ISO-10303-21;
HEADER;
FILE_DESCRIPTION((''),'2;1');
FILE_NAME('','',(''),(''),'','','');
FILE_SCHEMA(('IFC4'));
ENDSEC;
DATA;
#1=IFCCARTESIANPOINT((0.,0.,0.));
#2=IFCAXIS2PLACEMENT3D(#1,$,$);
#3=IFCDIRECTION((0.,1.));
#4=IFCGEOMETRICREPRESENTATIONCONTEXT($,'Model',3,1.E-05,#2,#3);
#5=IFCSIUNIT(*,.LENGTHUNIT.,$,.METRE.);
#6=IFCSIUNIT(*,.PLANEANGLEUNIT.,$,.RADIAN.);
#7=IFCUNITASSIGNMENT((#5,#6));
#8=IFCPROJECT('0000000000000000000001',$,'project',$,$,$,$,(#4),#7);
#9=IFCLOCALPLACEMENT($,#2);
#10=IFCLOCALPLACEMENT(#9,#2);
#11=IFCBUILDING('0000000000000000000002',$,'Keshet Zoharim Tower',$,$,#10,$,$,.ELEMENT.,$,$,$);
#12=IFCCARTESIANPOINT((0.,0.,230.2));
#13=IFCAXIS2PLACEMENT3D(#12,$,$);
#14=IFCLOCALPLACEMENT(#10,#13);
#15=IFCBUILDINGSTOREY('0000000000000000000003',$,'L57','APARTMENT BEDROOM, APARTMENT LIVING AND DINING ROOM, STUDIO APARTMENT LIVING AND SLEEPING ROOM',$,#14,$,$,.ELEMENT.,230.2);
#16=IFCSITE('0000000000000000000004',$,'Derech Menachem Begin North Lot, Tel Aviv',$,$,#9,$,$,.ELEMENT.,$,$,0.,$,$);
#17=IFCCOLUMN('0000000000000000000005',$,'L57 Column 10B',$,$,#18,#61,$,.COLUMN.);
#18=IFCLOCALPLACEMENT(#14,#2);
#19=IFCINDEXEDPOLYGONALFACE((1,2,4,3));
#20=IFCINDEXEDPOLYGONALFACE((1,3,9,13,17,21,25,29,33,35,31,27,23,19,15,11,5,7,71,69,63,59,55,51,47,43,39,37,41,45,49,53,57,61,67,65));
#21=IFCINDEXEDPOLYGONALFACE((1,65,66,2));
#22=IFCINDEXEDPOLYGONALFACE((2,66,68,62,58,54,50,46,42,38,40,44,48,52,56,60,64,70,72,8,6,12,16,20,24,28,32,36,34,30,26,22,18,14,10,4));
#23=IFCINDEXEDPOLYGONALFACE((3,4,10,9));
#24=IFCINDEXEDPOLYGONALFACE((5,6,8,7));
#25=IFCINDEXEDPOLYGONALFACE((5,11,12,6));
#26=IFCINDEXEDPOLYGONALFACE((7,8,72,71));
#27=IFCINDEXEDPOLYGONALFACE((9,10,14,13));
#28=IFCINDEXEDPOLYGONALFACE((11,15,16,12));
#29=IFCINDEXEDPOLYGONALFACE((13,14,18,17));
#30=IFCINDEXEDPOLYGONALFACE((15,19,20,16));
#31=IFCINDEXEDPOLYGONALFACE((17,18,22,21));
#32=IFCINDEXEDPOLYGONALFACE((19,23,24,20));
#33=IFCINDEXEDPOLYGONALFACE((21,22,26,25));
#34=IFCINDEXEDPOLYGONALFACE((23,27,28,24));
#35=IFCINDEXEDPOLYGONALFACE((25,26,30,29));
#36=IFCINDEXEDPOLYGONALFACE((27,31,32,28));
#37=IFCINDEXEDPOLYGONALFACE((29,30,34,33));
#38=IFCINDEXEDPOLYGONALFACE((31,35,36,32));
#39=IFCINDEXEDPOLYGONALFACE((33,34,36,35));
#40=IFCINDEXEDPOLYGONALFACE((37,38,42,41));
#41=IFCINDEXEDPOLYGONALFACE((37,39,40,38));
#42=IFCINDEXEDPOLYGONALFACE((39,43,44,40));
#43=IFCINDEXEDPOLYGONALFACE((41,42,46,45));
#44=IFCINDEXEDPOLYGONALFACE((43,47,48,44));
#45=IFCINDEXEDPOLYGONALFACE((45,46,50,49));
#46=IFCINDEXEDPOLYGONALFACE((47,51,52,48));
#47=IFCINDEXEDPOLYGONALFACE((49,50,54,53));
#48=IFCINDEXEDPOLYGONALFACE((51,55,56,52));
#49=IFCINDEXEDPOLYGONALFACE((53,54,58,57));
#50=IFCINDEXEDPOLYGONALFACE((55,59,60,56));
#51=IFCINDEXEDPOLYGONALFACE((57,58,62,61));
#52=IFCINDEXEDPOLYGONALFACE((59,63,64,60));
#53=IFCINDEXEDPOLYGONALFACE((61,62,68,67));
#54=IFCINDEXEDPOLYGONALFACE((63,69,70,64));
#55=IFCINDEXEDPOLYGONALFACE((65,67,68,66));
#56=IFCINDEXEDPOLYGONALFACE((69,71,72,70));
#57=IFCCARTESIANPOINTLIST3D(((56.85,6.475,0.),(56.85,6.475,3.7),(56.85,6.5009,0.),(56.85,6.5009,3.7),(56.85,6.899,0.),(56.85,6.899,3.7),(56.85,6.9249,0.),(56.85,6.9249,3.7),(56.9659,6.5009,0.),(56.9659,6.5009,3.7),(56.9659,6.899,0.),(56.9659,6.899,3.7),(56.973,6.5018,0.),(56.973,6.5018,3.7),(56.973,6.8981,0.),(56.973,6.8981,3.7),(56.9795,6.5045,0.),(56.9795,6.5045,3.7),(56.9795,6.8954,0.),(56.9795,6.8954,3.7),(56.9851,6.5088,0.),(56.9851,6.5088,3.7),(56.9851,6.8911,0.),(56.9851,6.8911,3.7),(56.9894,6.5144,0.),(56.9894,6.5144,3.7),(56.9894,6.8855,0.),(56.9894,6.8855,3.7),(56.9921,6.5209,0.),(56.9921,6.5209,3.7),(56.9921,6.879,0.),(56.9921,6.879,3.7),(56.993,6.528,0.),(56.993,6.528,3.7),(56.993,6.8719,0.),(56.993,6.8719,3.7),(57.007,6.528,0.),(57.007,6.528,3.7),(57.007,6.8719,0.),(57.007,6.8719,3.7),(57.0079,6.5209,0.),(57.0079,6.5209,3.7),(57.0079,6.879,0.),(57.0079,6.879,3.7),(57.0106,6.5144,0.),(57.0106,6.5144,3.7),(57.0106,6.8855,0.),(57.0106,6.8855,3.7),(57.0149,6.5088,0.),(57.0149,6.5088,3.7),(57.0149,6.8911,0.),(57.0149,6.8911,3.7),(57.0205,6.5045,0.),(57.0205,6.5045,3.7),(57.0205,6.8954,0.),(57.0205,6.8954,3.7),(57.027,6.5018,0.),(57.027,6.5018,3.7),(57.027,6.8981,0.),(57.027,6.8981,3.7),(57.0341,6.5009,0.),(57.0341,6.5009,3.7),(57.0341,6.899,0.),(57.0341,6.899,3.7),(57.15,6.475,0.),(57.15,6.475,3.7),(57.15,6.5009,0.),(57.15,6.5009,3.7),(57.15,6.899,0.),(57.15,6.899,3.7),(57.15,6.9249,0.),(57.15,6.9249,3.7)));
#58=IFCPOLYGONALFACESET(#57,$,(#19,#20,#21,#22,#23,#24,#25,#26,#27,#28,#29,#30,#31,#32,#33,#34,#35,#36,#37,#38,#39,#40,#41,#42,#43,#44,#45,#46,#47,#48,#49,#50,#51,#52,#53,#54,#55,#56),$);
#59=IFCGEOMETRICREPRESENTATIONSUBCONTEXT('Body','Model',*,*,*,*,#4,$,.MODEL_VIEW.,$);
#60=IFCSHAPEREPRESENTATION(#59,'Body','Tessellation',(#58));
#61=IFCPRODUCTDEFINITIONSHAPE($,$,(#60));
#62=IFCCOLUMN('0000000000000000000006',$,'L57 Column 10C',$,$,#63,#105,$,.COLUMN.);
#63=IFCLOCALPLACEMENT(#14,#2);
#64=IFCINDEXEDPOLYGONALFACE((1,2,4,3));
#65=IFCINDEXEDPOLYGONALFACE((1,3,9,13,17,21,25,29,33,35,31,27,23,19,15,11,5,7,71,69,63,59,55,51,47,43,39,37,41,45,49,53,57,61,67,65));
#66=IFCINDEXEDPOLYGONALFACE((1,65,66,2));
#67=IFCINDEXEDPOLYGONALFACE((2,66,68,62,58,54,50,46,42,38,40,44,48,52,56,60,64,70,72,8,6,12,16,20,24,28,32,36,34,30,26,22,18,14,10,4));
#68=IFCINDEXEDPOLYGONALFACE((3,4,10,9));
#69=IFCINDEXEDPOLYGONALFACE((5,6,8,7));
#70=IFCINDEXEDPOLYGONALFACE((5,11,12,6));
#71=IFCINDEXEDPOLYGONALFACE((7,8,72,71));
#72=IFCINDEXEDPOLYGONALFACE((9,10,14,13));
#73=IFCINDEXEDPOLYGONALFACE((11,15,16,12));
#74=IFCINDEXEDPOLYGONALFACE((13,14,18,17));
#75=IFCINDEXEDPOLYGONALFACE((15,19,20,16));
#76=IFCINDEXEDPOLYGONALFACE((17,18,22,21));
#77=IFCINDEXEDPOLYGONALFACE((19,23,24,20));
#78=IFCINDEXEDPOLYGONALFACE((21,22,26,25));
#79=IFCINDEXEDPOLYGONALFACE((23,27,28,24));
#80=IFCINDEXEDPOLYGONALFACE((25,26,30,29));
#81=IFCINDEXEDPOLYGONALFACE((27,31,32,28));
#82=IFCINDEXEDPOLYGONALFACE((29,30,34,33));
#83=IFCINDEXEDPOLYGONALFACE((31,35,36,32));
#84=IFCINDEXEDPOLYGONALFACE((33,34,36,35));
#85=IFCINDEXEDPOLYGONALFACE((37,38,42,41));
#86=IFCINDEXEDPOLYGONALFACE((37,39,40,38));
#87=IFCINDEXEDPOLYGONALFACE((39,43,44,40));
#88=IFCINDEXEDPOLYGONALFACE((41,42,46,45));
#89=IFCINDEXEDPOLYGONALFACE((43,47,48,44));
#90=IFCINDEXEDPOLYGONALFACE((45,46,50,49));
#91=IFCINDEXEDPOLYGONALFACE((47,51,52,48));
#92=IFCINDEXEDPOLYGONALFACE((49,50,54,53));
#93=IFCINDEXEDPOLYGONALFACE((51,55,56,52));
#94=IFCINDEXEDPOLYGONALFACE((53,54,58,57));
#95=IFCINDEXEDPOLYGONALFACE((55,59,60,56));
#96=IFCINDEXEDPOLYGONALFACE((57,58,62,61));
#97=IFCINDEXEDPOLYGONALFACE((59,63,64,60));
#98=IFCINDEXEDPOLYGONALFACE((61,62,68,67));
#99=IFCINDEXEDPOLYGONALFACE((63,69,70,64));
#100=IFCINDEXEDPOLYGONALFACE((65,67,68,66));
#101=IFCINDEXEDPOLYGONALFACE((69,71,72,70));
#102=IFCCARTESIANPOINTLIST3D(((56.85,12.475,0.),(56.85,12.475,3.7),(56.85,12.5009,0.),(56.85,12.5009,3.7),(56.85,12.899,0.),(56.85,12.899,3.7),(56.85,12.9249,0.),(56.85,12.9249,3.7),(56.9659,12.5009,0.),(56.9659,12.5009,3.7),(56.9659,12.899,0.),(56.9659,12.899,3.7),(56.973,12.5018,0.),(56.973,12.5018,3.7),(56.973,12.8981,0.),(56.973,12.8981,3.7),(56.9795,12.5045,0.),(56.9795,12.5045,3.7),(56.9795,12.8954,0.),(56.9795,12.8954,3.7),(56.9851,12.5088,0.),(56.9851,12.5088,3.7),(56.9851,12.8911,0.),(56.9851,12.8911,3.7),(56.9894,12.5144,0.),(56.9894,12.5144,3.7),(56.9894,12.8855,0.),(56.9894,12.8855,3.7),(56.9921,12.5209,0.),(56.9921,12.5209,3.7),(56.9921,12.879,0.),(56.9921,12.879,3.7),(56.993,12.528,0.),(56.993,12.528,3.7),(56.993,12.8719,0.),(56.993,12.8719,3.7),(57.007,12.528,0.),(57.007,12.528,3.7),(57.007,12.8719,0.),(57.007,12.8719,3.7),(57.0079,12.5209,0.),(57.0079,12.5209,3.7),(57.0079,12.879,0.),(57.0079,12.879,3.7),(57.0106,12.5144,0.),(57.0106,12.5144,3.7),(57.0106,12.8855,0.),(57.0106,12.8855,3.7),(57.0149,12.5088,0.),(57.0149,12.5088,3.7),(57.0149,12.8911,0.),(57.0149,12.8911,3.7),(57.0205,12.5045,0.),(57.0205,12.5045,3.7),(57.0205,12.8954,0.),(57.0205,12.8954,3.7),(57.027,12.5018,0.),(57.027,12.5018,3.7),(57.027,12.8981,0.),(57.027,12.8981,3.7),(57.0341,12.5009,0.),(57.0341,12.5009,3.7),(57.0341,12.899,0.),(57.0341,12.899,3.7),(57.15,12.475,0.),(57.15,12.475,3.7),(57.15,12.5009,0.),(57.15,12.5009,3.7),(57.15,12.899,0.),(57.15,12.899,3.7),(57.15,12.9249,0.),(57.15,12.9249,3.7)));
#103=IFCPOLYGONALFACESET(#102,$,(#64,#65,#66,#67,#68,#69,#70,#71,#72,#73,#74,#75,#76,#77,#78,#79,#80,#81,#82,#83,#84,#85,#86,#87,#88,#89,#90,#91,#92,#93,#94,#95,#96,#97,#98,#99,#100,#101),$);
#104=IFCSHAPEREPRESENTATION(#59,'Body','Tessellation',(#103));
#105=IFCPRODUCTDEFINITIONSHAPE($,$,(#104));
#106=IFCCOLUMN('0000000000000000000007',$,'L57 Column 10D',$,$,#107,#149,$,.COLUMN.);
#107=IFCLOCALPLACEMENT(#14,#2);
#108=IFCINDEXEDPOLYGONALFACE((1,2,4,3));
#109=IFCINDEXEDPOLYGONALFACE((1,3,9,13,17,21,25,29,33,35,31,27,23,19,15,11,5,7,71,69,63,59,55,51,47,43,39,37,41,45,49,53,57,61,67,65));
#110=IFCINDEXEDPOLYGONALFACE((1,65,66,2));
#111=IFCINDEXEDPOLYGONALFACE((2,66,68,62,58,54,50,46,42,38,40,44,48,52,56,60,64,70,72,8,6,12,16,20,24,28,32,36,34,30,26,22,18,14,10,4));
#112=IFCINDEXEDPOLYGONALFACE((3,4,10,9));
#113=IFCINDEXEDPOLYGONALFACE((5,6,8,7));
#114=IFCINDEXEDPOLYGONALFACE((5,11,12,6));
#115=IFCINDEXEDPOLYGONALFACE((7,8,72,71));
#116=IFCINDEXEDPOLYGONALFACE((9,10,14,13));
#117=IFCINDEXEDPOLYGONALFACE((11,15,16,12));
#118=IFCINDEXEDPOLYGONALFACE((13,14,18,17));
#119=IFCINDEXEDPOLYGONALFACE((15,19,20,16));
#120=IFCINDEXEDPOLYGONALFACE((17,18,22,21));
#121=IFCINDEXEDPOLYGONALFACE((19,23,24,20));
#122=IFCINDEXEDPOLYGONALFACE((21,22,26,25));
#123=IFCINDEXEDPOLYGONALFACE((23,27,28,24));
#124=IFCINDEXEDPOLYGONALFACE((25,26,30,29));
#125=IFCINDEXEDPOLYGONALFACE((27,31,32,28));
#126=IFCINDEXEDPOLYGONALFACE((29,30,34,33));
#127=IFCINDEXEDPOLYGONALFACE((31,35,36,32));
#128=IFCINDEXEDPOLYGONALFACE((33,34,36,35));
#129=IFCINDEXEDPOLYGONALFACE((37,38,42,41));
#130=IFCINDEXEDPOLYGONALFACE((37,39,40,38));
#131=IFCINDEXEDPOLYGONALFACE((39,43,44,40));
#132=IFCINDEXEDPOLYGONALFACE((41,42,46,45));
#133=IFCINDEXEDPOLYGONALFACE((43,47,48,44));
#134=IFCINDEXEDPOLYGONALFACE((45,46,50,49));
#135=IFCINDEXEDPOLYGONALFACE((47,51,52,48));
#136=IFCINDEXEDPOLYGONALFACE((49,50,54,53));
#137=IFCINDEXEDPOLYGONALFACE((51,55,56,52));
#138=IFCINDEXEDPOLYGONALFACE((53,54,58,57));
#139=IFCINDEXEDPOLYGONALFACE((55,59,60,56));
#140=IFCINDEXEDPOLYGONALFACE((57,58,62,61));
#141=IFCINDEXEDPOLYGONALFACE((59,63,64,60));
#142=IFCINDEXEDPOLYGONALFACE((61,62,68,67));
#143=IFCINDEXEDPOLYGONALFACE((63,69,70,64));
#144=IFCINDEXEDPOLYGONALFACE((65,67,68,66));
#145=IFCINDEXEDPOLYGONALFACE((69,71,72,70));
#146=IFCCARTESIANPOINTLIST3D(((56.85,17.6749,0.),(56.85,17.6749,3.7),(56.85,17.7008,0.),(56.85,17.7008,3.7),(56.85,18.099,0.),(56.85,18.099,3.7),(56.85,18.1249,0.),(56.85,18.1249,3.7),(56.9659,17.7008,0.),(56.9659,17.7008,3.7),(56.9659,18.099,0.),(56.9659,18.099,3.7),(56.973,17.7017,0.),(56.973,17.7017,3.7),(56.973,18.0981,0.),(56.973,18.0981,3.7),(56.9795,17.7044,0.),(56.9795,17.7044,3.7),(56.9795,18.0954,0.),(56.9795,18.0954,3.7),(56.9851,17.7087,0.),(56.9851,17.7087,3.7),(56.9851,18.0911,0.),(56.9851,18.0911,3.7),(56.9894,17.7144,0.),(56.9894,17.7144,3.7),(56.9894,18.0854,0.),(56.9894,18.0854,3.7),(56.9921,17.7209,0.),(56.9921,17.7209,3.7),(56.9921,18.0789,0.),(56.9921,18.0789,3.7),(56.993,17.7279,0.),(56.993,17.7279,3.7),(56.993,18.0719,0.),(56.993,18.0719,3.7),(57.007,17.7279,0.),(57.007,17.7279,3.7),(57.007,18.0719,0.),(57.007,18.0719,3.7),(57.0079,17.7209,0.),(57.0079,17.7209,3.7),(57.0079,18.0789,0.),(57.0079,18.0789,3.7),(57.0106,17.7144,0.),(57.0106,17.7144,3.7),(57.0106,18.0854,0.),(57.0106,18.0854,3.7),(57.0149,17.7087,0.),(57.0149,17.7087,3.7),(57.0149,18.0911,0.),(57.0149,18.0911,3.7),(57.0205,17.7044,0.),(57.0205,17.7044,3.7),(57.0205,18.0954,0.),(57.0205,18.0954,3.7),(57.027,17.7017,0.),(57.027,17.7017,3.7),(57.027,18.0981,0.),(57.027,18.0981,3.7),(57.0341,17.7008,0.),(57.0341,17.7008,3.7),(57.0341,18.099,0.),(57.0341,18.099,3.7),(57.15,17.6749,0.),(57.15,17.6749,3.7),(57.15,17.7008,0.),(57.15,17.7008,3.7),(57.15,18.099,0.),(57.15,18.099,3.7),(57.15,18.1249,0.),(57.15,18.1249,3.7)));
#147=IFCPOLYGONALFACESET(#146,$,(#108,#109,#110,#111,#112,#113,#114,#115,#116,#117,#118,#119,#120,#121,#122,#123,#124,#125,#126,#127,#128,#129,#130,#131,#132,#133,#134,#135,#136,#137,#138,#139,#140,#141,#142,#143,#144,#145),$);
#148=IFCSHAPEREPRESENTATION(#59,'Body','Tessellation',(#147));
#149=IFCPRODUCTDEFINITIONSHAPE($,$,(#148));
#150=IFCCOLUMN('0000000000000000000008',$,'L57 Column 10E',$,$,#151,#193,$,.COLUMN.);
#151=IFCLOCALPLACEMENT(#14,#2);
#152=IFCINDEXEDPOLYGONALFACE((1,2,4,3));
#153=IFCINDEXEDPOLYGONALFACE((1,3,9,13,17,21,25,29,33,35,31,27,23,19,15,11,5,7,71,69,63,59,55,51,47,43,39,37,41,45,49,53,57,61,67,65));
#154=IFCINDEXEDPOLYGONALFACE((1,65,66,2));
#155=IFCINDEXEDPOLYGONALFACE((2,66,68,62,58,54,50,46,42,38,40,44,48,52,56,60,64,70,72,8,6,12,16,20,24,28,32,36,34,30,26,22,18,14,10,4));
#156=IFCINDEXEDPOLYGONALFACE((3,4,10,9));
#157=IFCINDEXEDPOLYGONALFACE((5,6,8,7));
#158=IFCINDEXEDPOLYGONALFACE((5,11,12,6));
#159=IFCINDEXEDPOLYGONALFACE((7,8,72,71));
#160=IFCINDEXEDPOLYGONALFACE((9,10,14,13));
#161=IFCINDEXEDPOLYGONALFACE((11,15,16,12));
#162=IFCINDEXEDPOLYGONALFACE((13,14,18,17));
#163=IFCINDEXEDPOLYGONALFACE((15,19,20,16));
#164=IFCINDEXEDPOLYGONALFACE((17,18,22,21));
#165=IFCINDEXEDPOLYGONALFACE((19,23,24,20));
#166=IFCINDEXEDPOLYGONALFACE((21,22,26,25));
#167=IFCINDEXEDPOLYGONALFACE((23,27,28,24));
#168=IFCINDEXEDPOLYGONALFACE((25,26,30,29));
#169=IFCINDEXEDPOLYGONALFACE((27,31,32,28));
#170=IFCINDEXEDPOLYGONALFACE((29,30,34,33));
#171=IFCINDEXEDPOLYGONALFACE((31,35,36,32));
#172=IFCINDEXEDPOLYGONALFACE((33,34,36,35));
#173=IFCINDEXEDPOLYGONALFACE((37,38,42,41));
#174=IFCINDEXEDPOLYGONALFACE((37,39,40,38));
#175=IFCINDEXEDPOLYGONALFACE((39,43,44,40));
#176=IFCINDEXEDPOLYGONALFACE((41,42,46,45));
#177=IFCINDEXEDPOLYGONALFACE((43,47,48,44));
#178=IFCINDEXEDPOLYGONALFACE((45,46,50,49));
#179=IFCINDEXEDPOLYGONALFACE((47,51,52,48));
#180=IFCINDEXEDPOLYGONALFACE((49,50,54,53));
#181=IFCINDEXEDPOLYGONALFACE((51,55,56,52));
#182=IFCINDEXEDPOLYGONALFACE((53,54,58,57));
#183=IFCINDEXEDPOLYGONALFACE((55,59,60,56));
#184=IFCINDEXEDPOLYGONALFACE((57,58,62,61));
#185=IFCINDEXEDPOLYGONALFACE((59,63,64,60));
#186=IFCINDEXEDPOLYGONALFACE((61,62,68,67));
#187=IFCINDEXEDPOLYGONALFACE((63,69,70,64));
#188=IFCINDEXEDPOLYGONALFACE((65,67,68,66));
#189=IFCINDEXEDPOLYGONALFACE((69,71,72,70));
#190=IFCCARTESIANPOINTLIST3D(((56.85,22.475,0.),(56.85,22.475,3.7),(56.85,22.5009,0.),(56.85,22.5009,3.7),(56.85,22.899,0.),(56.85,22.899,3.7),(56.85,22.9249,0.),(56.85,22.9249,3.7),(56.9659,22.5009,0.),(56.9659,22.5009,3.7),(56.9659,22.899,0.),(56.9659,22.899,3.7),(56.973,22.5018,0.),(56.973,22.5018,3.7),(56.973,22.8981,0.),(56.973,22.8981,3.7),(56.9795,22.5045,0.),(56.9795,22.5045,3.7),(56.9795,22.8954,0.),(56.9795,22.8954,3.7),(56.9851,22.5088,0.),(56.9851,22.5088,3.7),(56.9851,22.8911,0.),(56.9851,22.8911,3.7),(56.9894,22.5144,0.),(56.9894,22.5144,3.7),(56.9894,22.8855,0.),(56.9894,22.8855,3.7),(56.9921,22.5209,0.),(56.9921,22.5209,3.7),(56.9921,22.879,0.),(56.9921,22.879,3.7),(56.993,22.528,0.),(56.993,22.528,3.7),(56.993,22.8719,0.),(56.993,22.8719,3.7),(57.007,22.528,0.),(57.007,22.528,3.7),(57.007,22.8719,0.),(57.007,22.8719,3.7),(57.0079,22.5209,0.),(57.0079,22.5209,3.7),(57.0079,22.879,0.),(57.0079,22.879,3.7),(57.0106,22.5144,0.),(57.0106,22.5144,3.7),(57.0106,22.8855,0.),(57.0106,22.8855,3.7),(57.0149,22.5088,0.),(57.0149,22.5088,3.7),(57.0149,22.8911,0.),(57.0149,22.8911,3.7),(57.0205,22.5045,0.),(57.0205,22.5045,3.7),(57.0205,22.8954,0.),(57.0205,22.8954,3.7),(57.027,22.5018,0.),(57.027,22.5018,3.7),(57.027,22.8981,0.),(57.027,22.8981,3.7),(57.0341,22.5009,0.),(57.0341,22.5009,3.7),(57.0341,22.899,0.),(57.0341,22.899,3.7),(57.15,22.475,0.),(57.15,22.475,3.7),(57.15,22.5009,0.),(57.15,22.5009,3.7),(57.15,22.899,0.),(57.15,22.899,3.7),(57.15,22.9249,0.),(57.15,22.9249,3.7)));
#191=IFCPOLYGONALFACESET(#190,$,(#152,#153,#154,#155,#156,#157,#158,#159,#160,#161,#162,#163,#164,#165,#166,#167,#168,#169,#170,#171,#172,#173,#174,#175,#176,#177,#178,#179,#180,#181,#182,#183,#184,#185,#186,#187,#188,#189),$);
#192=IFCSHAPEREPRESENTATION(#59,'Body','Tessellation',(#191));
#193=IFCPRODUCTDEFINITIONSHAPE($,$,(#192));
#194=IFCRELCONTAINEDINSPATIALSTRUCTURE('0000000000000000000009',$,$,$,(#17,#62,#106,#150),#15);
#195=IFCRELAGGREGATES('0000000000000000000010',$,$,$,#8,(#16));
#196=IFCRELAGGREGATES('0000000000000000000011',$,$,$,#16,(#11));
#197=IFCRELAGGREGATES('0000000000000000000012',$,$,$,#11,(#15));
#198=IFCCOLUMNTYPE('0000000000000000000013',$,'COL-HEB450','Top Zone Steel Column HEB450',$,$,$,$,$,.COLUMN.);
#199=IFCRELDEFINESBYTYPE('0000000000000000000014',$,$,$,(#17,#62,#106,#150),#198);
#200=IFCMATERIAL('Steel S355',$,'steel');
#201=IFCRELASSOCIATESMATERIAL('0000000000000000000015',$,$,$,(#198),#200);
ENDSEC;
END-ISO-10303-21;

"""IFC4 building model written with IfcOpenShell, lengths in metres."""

from ifc_helpers import new_model, si_unit, direction, frame, origin, origin_2d, place, context, subcontext, project, spatial, i_section, extrude, material, material_profile, profile_set, type_object, element, save


model = new_model("IFC4")

# Units and contexts
model_context = context("Model", 3, precision=1e-05, world=origin(), true_north=direction((0.0, 1.0)))
body_context = subcontext(model_context, "Body", "Model", "MODEL_VIEW")
ifc_project = project(units=[si_unit("LENGTHUNIT", "METRE"), si_unit("PLANEANGLEUNIT", "RADIAN")], contexts=[model_context])

# Site, building, storey
site_placement = place(None, origin())
site = spatial("IfcSite", under=ifc_project, at=site_placement, Name="Derech Menachem Begin North Lot, Tel Aviv", CompositionType="ELEMENT", RefElevation=0.0)
building_placement = place(site_placement, origin())
building = spatial("IfcBuilding", under=site, at=building_placement, Name="Keshet Zoharim Tower", CompositionType="ELEMENT")
storey_placement = place(building_placement, frame((0.0, 0.0, 230.2)))
storey = spatial("IfcBuildingStorey", under=building, at=storey_placement, Name="L57", Description="APARTMENT BEDROOM, APARTMENT LIVING AND DINING ROOM, STUDIO APARTMENT LIVING AND SLEEPING ROOM", CompositionType="ELEMENT", Elevation=230.2)

# Columns
ifc_material_1 = material(Name="Steel S355", Category="steel")
ifc_material_profile_1 = material_profile(ifc_material_1, i_section(OverallWidth=0.3, OverallDepth=0.45, WebThickness=0.0139, FlangeThickness=0.0259, FilletRadius=0.0271, at=origin_2d()), Name="HEB450")
ifc_profile_set_1 = profile_set([ifc_material_profile_1], Name="Steel S355")
column_type = type_object("IfcColumnType", Name="COL-HEB450", Description="Top Zone Steel Column HEB450", PredefinedType="COLUMN", material=ifc_profile_set_1)
for number, where, z_axis, x_axis, name in (
    (1, (57.0, 6.7, 0.0), (0.0, 0.0, 1.0), (1.0, 0.0, 0.0), "L57 Column 10B"),
    (2, (57.0, 12.7, 0.0), (0.0, 0.0, 1.0), (1.0, 0.0, 0.0), "L57 Column 10C"),
    (3, (57.0, 17.8999, 0.0), (0.0, 0.0, 1.0), (1.0, 0.0, 0.0), "L57 Column 10D"),
    (4, (57.0, 22.7, 0.0), (0.0, 0.0, 1.0), (1.0, 0.0, 0.0), "L57 Column 10E"),
):
    element("IfcColumn", number, at=place(storey_placement, frame(where, z_axis=z_axis, x_axis=x_axis)), inside=storey, type_object=column_type, Name=name, PredefinedType="COLUMN", context=body_context, shape_type="SweptSolid", body=[
        extrude(i_section(OverallWidth=0.3, OverallDepth=0.45, WebThickness=0.0139, FlangeThickness=0.0259, FilletRadius=0.0271, at=origin_2d()), origin(), (0.0, 0.0, 1.0), 3.7),
    ])

save(model, "model.ifc")
